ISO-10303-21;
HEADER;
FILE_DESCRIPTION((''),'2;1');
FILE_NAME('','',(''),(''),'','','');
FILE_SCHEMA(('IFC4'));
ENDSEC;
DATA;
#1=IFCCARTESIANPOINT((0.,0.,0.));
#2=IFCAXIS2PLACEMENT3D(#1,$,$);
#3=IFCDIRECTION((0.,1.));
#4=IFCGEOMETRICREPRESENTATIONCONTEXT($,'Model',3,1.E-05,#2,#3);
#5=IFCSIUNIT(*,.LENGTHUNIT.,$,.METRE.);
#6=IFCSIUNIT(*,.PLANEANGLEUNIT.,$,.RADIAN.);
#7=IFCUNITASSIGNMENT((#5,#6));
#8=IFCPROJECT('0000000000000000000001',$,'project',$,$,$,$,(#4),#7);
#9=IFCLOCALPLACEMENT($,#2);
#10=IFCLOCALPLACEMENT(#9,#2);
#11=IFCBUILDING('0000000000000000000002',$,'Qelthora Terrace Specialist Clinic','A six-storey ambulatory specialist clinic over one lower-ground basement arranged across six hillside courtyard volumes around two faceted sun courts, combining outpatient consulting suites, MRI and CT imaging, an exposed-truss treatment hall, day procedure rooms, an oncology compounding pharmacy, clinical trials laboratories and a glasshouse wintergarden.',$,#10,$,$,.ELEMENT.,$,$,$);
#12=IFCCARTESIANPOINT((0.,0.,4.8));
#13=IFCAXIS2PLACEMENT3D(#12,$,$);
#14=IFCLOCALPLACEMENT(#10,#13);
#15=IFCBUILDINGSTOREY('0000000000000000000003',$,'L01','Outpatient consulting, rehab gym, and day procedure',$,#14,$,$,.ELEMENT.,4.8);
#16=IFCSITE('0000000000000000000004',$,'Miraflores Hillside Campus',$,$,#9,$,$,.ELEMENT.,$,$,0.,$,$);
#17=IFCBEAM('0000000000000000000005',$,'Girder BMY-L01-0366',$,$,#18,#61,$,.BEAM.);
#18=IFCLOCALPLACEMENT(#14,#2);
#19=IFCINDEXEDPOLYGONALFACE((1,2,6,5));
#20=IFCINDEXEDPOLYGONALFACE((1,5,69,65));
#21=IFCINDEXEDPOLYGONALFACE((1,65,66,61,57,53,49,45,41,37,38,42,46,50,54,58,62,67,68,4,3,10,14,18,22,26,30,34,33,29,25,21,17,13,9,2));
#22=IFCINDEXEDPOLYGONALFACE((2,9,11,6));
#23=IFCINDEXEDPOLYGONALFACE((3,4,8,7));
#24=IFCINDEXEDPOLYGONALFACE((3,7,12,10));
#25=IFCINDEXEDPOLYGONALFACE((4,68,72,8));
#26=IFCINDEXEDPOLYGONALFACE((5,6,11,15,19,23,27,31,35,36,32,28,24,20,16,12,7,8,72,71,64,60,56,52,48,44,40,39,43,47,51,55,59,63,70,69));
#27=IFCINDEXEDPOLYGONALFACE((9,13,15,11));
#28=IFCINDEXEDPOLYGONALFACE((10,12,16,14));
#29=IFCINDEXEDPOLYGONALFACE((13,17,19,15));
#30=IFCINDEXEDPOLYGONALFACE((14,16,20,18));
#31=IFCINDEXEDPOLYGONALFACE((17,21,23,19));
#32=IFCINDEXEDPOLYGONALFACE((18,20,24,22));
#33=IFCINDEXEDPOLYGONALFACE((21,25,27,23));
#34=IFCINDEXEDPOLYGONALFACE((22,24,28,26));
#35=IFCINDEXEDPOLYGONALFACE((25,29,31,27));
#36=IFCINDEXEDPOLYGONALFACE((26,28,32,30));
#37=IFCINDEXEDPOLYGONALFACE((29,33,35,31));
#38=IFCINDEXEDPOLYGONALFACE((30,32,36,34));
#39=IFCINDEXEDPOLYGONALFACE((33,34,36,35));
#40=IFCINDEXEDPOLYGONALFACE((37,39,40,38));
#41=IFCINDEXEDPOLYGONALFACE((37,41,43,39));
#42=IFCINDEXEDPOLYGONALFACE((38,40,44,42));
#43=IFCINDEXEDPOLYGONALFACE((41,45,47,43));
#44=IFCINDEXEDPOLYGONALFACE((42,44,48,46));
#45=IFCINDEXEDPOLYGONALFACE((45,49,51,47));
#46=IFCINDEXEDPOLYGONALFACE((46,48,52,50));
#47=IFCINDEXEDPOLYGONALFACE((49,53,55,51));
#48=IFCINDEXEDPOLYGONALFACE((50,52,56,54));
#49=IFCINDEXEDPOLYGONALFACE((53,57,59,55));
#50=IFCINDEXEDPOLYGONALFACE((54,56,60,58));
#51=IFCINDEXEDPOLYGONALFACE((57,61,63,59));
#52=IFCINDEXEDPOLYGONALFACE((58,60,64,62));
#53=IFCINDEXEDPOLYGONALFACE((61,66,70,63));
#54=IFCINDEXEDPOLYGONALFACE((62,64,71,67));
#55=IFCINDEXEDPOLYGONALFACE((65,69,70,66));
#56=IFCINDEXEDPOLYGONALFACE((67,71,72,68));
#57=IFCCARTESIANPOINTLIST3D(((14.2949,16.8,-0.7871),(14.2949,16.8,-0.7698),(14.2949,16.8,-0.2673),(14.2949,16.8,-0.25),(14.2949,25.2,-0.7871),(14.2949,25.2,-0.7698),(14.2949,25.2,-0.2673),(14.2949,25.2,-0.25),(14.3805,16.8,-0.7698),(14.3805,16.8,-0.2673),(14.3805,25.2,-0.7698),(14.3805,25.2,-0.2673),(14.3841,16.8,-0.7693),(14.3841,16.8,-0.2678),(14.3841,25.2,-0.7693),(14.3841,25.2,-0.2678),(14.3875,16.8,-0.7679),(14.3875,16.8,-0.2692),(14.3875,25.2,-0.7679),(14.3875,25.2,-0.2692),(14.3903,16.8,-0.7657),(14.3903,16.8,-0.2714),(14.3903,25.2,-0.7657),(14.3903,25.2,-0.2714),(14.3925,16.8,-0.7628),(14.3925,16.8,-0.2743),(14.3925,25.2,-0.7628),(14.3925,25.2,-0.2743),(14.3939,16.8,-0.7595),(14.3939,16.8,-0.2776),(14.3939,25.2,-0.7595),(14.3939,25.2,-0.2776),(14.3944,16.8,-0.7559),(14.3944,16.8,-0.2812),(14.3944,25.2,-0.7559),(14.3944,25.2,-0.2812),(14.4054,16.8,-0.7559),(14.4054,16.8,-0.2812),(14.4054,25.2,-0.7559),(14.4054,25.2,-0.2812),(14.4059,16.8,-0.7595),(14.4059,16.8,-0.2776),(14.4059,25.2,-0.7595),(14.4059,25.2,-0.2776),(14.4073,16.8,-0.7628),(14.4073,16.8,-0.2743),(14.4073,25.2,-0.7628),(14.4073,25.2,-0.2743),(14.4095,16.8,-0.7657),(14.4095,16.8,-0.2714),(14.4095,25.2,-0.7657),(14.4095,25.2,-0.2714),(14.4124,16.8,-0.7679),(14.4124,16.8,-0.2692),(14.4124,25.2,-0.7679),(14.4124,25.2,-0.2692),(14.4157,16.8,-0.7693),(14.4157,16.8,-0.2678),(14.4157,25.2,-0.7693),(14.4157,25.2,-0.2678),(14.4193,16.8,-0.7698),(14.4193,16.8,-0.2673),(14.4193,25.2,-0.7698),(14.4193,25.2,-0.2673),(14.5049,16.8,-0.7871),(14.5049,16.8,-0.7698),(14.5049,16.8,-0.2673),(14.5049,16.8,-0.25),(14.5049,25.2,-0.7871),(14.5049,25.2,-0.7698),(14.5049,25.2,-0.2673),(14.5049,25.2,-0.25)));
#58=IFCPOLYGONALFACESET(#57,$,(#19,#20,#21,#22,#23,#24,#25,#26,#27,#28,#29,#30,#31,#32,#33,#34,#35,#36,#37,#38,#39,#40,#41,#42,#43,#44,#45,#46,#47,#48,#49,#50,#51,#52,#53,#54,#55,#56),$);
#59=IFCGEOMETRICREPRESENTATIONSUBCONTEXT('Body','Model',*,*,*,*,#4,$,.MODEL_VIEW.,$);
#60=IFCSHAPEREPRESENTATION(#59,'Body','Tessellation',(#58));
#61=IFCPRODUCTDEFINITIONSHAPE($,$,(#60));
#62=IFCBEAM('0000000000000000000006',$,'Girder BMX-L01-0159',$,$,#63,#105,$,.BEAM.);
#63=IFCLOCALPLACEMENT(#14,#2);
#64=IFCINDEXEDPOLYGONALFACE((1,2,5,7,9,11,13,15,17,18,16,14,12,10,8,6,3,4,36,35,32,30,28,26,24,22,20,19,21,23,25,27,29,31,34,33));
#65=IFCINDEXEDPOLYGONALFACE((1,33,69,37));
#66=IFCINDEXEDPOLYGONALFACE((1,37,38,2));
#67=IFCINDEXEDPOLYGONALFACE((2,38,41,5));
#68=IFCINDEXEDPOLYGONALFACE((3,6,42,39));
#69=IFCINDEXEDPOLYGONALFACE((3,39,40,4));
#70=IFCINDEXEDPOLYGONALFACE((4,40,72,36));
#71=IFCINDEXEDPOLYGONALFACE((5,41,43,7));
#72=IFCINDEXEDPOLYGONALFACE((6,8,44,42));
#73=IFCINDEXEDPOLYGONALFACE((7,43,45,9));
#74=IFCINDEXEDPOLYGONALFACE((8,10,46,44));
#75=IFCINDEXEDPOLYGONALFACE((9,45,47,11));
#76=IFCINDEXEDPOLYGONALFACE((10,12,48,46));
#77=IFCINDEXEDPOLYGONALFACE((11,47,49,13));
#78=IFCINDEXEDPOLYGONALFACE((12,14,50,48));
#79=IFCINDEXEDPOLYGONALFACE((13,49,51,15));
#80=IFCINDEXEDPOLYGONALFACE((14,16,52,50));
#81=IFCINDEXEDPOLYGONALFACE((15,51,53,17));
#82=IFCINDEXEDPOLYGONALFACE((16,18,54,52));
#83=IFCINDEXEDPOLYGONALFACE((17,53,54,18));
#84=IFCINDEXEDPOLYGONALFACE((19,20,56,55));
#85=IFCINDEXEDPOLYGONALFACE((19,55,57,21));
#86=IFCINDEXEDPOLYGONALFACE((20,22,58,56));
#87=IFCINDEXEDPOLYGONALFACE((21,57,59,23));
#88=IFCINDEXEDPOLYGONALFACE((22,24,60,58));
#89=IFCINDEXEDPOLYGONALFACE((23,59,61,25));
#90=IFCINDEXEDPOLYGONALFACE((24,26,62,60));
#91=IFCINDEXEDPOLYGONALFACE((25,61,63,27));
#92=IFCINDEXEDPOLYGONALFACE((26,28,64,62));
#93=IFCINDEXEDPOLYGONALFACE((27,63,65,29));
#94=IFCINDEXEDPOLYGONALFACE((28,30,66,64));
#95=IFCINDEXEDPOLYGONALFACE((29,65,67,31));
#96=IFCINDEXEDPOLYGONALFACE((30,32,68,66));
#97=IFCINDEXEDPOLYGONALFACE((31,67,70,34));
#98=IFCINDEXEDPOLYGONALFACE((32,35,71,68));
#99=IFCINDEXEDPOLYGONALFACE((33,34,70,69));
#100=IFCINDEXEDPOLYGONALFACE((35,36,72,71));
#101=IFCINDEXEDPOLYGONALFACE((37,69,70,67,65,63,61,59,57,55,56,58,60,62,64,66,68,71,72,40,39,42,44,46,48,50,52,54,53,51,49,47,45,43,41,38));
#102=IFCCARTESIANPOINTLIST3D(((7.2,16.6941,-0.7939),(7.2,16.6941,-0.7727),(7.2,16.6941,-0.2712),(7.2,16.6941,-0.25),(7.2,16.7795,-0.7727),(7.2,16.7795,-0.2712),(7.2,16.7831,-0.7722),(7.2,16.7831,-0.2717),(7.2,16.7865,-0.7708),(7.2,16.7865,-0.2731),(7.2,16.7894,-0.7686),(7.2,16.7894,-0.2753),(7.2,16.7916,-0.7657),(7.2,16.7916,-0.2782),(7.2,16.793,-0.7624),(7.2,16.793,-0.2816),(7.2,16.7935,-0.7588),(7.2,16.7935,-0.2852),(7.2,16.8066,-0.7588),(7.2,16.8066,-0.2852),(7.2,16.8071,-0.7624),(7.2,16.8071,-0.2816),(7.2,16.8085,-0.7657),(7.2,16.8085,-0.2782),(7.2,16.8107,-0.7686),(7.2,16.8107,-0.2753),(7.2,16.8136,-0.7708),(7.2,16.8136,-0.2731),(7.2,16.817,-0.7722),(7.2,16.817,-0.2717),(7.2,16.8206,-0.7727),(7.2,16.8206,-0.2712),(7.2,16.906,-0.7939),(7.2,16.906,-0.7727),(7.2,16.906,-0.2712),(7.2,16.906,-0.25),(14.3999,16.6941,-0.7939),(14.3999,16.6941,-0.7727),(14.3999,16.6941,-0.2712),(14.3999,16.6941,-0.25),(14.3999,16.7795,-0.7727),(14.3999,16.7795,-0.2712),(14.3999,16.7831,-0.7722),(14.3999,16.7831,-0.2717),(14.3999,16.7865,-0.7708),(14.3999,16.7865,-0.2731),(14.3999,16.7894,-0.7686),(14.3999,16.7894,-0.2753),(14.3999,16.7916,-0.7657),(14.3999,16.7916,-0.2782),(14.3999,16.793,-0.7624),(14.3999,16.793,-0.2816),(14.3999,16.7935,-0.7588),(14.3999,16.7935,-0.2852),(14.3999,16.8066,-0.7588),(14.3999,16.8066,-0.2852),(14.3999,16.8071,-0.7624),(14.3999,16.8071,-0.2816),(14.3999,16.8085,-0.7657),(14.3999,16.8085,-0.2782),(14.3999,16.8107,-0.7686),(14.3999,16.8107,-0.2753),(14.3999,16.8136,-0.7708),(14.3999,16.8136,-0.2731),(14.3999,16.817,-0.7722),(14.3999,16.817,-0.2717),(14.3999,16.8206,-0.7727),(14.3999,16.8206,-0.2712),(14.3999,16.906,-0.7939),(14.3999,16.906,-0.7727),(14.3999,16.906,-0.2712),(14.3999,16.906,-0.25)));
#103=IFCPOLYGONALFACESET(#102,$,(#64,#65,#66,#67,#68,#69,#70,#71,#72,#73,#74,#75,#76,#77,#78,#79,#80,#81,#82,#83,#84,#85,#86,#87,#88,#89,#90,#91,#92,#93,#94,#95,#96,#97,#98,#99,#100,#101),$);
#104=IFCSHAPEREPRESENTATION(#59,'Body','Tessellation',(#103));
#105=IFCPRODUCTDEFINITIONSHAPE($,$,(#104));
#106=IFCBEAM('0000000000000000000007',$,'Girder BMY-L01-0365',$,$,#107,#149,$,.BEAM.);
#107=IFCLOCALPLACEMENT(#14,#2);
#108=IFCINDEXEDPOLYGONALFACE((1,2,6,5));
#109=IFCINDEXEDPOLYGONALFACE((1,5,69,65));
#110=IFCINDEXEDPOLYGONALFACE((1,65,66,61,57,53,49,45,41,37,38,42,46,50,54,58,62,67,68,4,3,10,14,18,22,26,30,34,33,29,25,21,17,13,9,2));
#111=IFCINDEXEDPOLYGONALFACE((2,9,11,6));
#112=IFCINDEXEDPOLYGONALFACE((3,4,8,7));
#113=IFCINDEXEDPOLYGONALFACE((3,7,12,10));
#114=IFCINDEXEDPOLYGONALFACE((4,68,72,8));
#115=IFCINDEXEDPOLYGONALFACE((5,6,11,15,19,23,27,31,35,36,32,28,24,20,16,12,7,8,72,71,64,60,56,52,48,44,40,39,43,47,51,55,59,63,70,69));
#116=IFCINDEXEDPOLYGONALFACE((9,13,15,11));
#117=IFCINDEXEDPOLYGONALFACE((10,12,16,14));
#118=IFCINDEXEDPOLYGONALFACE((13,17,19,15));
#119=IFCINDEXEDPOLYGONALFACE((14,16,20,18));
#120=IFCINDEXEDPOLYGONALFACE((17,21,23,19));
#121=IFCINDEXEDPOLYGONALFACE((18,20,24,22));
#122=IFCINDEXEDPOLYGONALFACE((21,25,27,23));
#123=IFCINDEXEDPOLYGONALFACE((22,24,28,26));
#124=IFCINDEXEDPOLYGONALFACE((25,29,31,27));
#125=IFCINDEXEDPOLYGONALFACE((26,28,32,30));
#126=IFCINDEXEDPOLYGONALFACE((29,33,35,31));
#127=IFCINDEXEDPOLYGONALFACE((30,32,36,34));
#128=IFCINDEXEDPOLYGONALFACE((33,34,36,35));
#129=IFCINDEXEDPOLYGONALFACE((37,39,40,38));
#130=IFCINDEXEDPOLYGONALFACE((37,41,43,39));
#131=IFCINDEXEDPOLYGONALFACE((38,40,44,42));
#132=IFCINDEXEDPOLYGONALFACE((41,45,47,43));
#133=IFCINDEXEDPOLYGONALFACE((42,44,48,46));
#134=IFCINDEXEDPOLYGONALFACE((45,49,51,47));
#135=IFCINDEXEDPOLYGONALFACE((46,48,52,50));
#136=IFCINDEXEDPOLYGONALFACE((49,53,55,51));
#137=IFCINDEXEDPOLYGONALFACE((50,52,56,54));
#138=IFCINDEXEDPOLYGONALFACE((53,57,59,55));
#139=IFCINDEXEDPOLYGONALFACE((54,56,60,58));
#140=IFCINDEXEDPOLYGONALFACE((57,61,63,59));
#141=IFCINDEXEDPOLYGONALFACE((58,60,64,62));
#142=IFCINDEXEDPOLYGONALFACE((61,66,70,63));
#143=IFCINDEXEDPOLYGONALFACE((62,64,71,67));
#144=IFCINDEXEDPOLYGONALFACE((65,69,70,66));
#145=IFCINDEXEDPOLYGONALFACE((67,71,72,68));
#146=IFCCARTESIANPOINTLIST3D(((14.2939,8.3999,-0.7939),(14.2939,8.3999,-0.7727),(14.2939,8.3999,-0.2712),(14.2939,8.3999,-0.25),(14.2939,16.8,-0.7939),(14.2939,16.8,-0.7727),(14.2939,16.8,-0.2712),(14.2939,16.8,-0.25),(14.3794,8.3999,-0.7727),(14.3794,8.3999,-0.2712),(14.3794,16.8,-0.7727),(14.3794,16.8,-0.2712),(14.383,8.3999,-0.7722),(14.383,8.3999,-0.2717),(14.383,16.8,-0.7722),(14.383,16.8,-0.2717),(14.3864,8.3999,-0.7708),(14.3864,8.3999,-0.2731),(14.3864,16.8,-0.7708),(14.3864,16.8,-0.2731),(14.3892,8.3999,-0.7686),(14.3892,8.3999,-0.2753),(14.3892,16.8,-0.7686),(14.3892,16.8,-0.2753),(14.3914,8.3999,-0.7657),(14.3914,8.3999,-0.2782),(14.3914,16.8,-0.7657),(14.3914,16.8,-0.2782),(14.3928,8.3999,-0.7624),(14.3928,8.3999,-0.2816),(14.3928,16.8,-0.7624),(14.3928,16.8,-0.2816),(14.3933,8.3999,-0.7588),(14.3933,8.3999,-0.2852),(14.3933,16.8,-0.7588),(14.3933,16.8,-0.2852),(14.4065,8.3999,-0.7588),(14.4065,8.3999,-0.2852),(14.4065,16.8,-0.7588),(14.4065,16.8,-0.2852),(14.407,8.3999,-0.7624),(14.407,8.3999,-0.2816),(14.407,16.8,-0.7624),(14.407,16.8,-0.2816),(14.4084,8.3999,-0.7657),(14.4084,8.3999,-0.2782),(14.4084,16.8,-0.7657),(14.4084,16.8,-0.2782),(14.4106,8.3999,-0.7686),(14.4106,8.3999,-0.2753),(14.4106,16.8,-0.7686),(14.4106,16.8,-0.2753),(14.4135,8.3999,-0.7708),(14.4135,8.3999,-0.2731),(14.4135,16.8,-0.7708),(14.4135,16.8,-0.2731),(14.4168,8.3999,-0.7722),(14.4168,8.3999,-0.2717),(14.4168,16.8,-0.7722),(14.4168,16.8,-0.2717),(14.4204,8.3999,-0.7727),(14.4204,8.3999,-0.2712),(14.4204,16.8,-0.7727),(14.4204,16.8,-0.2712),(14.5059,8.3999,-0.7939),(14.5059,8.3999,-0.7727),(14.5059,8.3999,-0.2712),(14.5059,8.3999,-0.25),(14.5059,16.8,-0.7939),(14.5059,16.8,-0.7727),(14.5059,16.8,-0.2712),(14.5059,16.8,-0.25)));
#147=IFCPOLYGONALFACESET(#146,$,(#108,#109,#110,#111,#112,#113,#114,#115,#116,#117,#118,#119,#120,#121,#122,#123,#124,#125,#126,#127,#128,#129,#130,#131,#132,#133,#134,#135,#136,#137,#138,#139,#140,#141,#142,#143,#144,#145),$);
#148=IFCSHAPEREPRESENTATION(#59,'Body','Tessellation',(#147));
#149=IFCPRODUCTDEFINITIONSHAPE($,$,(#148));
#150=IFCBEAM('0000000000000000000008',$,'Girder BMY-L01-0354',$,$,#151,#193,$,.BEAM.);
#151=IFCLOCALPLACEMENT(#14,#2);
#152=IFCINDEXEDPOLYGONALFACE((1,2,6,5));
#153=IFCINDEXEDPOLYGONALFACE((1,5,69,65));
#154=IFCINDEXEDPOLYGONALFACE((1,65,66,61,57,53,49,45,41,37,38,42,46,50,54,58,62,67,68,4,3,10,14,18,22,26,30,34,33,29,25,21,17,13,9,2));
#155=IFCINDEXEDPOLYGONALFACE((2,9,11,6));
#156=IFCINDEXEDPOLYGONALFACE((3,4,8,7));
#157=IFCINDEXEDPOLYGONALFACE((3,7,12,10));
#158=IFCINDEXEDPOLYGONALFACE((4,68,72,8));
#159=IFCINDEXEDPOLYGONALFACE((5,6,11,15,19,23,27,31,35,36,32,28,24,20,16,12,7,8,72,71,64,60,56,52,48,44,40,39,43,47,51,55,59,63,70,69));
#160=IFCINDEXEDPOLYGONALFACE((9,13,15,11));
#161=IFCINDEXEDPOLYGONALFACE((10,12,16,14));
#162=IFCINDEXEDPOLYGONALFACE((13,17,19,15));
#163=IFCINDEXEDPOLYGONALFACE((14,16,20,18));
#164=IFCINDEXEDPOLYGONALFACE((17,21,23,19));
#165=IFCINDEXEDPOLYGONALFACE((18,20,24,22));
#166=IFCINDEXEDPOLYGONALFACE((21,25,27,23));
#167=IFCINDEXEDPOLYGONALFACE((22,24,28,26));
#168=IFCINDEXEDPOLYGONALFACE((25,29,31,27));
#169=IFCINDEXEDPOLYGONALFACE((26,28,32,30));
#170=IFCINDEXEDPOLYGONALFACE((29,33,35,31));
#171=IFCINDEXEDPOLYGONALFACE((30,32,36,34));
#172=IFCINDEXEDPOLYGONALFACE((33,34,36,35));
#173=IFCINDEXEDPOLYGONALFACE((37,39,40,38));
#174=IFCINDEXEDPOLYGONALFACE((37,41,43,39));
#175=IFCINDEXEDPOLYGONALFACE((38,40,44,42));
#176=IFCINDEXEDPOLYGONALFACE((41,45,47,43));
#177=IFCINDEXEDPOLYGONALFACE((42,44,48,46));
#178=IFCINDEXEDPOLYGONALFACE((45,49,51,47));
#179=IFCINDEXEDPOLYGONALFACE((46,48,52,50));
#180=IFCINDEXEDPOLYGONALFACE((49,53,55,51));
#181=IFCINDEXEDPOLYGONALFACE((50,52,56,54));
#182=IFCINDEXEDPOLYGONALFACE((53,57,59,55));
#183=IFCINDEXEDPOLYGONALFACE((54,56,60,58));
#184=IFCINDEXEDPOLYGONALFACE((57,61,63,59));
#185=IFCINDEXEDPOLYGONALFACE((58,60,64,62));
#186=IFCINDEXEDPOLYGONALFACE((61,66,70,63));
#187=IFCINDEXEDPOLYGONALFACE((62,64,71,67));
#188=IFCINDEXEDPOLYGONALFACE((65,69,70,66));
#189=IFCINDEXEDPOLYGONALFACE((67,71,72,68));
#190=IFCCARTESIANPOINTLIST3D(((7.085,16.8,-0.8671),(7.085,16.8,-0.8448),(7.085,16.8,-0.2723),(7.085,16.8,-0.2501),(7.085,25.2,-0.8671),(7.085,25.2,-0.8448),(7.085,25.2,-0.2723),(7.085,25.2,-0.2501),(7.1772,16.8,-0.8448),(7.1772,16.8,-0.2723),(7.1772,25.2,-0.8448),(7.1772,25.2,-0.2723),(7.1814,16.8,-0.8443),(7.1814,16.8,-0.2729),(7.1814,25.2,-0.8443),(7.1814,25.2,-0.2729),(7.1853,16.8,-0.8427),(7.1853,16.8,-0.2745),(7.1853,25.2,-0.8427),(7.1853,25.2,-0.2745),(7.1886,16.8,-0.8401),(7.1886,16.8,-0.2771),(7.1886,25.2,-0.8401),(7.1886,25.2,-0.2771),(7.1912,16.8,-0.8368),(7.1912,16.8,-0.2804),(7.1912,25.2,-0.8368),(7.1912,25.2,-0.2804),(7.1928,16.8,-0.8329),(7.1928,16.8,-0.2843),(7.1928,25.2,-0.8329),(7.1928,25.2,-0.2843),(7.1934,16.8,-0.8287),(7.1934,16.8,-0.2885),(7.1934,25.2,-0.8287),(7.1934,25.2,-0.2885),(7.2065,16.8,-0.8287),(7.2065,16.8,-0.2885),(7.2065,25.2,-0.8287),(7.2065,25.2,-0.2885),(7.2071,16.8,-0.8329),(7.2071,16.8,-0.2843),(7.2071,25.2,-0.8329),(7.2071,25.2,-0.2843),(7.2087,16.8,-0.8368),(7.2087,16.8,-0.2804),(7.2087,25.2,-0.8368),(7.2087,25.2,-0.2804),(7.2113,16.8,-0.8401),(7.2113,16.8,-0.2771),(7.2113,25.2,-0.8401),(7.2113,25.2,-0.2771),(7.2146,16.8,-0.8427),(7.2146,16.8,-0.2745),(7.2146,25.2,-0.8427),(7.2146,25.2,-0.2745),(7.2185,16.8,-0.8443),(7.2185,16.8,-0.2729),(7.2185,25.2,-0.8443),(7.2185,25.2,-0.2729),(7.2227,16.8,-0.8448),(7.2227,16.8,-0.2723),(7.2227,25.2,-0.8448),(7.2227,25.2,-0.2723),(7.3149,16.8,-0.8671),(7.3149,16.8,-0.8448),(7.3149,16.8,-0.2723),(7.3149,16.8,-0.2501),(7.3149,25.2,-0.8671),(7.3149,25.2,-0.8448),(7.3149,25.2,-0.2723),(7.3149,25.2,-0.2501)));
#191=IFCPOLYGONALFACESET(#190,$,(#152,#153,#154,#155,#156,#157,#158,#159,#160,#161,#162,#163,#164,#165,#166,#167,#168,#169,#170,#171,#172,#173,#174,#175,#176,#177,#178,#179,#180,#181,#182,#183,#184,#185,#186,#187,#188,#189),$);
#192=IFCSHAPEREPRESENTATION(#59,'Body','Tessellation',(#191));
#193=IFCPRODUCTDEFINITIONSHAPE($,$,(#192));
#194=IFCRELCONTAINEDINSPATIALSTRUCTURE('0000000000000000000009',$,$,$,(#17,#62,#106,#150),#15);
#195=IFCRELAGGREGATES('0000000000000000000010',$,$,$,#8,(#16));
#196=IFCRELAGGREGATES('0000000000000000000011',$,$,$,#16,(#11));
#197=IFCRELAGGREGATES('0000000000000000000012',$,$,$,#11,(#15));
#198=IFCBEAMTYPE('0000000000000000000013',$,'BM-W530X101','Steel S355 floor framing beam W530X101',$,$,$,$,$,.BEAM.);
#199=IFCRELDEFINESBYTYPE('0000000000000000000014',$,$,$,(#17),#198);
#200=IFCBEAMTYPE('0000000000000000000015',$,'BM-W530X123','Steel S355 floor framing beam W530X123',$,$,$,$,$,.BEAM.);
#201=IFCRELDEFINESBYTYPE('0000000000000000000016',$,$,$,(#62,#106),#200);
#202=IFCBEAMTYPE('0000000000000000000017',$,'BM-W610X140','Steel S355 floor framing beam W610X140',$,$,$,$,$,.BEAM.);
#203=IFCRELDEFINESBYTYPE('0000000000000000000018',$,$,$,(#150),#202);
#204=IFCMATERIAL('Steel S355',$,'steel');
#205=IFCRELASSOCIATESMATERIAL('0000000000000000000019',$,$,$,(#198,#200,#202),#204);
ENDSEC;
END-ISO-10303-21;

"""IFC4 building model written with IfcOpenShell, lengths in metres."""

from ifc_helpers import new_model, si_unit, direction, frame, origin, origin_2d, place, context, subcontext, project, spatial, i_section, extrude, material, material_profile, profile_set, type_object, element, save


model = new_model("IFC4")

# Units and contexts
model_context = context("Model", 3, precision=1e-05, world=origin(), true_north=direction((0.0, 1.0)))
body_context = subcontext(model_context, "Body", "Model", "MODEL_VIEW")
ifc_project = project(units=[si_unit("LENGTHUNIT", "METRE"), si_unit("PLANEANGLEUNIT", "RADIAN")], contexts=[model_context])

# Site, building, storey
site_placement = place(None, origin())
site = spatial("IfcSite", under=ifc_project, at=site_placement, Name="Miraflores Hillside Campus", CompositionType="ELEMENT", RefElevation=0.0)
building_placement = place(site_placement, origin())
building = spatial("IfcBuilding", under=site, at=building_placement, Name="Qelthora Terrace Specialist Clinic", Description="A six-storey ambulatory specialist clinic over one lower-ground basement arranged across six hillside courtyard volumes around two faceted sun courts, combining outpatient consulting suites, MRI and CT imaging, an exposed-truss treatment hall, day procedure rooms, an oncology compounding pharmacy, clinical trials laboratories and a glasshouse wintergarden.", CompositionType="ELEMENT")
storey_placement = place(building_placement, frame((0.0, 0.0, 4.8)))
storey = spatial("IfcBuildingStorey", under=building, at=storey_placement, Name="L01", Description="Outpatient consulting, rehab gym, and day procedure", CompositionType="ELEMENT", Elevation=4.8)

# Shared definitions
ifc_material_1 = material(Name="Steel S355", Category="steel")

# Beams
ifc_material_profile_1 = material_profile(ifc_material_1, i_section(OverallWidth=0.21, OverallDepth=0.5371, WebThickness=0.011, FlangeThickness=0.0173, FilletRadius=0.0139, at=origin_2d()), Name="W530X101")
ifc_profile_set_1 = profile_set([ifc_material_profile_1], Name="Steel S355")
beam_type_1 = type_object("IfcBeamType", Name="BM-W530X101", Description="Steel S355 floor framing beam W530X101", PredefinedType="BEAM", material=ifc_profile_set_1)
beam_1_placement = place(storey_placement, frame((14.3999, 16.8, -0.5186), z_axis=(0.0, 1.0, 0.0), x_axis=(-1.0, 0.0, 0.0)))
element("IfcBeam", 1, at=beam_1_placement, inside=storey, type_object=beam_type_1, Name="Girder BMY-L01-0366", PredefinedType="BEAM", context=body_context, shape_type="SweptSolid", body=[
    extrude(i_section(OverallWidth=0.21, OverallDepth=0.5371, WebThickness=0.011, FlangeThickness=0.0173, FilletRadius=0.0139, at=origin_2d()), origin(), (0.0, 0.0, 1.0), 8.3999),
])
ifc_material_profile_2 = material_profile(ifc_material_1, i_section(OverallWidth=0.2119, OverallDepth=0.5439, WebThickness=0.0132, FlangeThickness=0.0212, FilletRadius=0.0139, at=origin_2d()), Name="W530X123")
ifc_profile_set_2 = profile_set([ifc_material_profile_2], Name="Steel S355")
beam_type_2 = type_object("IfcBeamType", Name="BM-W530X123", Description="Steel S355 floor framing beam W530X123", PredefinedType="BEAM", material=ifc_profile_set_2)
beam_2_placement = place(storey_placement, frame((7.2, 16.8, -0.522), z_axis=(1.0, 0.0, 0.0), x_axis=(0.0, 1.0, 0.0)))
element("IfcBeam", 2, at=beam_2_placement, inside=storey, type_object=beam_type_2, Name="Girder BMX-L01-0159", PredefinedType="BEAM", context=body_context, shape_type="SweptSolid", body=[
    extrude(i_section(OverallWidth=0.2119, OverallDepth=0.5439, WebThickness=0.0132, FlangeThickness=0.0212, FilletRadius=0.0139, at=origin_2d()), origin(), (0.0, 0.0, 1.0), 7.2),
])
beam_3_placement = place(storey_placement, frame((14.3999, 8.3999, -0.522), z_axis=(0.0, 1.0, 0.0), x_axis=(-1.0, 0.0, 0.0)))
element("IfcBeam", 3, at=beam_3_placement, inside=storey, type_object=beam_type_2, Name="Girder BMY-L01-0365", PredefinedType="BEAM", context=body_context, shape_type="SweptSolid", body=[
    extrude(i_section(OverallWidth=0.2119, OverallDepth=0.5439, WebThickness=0.0132, FlangeThickness=0.0212, FilletRadius=0.0139, at=origin_2d()), origin(), (0.0, 0.0, 1.0), 8.4001),
])
ifc_material_profile_3 = material_profile(ifc_material_1, i_section(OverallWidth=0.23, OverallDepth=0.6169, WebThickness=0.0132, FlangeThickness=0.0222, FilletRadius=0.0161, at=origin_2d()), Name="W610X140")
ifc_profile_set_3 = profile_set([ifc_material_profile_3], Name="Steel S355")
beam_type_3 = type_object("IfcBeamType", Name="BM-W610X140", Description="Steel S355 floor framing beam W610X140", PredefinedType="BEAM", material=ifc_profile_set_3)
beam_4_placement = place(storey_placement, frame((7.2, 16.8, -0.5586), z_axis=(0.0, 1.0, 0.0), x_axis=(-1.0, 0.0, 0.0)))
element("IfcBeam", 4, at=beam_4_placement, inside=storey, type_object=beam_type_3, Name="Girder BMY-L01-0354", PredefinedType="BEAM", context=body_context, shape_type="SweptSolid", body=[
    extrude(i_section(OverallWidth=0.23, OverallDepth=0.6169, WebThickness=0.0132, FlangeThickness=0.0222, FilletRadius=0.0161, at=origin_2d()), origin(), (0.0, 0.0, 1.0), 8.3999),
])

save(model, "model.ifc")
